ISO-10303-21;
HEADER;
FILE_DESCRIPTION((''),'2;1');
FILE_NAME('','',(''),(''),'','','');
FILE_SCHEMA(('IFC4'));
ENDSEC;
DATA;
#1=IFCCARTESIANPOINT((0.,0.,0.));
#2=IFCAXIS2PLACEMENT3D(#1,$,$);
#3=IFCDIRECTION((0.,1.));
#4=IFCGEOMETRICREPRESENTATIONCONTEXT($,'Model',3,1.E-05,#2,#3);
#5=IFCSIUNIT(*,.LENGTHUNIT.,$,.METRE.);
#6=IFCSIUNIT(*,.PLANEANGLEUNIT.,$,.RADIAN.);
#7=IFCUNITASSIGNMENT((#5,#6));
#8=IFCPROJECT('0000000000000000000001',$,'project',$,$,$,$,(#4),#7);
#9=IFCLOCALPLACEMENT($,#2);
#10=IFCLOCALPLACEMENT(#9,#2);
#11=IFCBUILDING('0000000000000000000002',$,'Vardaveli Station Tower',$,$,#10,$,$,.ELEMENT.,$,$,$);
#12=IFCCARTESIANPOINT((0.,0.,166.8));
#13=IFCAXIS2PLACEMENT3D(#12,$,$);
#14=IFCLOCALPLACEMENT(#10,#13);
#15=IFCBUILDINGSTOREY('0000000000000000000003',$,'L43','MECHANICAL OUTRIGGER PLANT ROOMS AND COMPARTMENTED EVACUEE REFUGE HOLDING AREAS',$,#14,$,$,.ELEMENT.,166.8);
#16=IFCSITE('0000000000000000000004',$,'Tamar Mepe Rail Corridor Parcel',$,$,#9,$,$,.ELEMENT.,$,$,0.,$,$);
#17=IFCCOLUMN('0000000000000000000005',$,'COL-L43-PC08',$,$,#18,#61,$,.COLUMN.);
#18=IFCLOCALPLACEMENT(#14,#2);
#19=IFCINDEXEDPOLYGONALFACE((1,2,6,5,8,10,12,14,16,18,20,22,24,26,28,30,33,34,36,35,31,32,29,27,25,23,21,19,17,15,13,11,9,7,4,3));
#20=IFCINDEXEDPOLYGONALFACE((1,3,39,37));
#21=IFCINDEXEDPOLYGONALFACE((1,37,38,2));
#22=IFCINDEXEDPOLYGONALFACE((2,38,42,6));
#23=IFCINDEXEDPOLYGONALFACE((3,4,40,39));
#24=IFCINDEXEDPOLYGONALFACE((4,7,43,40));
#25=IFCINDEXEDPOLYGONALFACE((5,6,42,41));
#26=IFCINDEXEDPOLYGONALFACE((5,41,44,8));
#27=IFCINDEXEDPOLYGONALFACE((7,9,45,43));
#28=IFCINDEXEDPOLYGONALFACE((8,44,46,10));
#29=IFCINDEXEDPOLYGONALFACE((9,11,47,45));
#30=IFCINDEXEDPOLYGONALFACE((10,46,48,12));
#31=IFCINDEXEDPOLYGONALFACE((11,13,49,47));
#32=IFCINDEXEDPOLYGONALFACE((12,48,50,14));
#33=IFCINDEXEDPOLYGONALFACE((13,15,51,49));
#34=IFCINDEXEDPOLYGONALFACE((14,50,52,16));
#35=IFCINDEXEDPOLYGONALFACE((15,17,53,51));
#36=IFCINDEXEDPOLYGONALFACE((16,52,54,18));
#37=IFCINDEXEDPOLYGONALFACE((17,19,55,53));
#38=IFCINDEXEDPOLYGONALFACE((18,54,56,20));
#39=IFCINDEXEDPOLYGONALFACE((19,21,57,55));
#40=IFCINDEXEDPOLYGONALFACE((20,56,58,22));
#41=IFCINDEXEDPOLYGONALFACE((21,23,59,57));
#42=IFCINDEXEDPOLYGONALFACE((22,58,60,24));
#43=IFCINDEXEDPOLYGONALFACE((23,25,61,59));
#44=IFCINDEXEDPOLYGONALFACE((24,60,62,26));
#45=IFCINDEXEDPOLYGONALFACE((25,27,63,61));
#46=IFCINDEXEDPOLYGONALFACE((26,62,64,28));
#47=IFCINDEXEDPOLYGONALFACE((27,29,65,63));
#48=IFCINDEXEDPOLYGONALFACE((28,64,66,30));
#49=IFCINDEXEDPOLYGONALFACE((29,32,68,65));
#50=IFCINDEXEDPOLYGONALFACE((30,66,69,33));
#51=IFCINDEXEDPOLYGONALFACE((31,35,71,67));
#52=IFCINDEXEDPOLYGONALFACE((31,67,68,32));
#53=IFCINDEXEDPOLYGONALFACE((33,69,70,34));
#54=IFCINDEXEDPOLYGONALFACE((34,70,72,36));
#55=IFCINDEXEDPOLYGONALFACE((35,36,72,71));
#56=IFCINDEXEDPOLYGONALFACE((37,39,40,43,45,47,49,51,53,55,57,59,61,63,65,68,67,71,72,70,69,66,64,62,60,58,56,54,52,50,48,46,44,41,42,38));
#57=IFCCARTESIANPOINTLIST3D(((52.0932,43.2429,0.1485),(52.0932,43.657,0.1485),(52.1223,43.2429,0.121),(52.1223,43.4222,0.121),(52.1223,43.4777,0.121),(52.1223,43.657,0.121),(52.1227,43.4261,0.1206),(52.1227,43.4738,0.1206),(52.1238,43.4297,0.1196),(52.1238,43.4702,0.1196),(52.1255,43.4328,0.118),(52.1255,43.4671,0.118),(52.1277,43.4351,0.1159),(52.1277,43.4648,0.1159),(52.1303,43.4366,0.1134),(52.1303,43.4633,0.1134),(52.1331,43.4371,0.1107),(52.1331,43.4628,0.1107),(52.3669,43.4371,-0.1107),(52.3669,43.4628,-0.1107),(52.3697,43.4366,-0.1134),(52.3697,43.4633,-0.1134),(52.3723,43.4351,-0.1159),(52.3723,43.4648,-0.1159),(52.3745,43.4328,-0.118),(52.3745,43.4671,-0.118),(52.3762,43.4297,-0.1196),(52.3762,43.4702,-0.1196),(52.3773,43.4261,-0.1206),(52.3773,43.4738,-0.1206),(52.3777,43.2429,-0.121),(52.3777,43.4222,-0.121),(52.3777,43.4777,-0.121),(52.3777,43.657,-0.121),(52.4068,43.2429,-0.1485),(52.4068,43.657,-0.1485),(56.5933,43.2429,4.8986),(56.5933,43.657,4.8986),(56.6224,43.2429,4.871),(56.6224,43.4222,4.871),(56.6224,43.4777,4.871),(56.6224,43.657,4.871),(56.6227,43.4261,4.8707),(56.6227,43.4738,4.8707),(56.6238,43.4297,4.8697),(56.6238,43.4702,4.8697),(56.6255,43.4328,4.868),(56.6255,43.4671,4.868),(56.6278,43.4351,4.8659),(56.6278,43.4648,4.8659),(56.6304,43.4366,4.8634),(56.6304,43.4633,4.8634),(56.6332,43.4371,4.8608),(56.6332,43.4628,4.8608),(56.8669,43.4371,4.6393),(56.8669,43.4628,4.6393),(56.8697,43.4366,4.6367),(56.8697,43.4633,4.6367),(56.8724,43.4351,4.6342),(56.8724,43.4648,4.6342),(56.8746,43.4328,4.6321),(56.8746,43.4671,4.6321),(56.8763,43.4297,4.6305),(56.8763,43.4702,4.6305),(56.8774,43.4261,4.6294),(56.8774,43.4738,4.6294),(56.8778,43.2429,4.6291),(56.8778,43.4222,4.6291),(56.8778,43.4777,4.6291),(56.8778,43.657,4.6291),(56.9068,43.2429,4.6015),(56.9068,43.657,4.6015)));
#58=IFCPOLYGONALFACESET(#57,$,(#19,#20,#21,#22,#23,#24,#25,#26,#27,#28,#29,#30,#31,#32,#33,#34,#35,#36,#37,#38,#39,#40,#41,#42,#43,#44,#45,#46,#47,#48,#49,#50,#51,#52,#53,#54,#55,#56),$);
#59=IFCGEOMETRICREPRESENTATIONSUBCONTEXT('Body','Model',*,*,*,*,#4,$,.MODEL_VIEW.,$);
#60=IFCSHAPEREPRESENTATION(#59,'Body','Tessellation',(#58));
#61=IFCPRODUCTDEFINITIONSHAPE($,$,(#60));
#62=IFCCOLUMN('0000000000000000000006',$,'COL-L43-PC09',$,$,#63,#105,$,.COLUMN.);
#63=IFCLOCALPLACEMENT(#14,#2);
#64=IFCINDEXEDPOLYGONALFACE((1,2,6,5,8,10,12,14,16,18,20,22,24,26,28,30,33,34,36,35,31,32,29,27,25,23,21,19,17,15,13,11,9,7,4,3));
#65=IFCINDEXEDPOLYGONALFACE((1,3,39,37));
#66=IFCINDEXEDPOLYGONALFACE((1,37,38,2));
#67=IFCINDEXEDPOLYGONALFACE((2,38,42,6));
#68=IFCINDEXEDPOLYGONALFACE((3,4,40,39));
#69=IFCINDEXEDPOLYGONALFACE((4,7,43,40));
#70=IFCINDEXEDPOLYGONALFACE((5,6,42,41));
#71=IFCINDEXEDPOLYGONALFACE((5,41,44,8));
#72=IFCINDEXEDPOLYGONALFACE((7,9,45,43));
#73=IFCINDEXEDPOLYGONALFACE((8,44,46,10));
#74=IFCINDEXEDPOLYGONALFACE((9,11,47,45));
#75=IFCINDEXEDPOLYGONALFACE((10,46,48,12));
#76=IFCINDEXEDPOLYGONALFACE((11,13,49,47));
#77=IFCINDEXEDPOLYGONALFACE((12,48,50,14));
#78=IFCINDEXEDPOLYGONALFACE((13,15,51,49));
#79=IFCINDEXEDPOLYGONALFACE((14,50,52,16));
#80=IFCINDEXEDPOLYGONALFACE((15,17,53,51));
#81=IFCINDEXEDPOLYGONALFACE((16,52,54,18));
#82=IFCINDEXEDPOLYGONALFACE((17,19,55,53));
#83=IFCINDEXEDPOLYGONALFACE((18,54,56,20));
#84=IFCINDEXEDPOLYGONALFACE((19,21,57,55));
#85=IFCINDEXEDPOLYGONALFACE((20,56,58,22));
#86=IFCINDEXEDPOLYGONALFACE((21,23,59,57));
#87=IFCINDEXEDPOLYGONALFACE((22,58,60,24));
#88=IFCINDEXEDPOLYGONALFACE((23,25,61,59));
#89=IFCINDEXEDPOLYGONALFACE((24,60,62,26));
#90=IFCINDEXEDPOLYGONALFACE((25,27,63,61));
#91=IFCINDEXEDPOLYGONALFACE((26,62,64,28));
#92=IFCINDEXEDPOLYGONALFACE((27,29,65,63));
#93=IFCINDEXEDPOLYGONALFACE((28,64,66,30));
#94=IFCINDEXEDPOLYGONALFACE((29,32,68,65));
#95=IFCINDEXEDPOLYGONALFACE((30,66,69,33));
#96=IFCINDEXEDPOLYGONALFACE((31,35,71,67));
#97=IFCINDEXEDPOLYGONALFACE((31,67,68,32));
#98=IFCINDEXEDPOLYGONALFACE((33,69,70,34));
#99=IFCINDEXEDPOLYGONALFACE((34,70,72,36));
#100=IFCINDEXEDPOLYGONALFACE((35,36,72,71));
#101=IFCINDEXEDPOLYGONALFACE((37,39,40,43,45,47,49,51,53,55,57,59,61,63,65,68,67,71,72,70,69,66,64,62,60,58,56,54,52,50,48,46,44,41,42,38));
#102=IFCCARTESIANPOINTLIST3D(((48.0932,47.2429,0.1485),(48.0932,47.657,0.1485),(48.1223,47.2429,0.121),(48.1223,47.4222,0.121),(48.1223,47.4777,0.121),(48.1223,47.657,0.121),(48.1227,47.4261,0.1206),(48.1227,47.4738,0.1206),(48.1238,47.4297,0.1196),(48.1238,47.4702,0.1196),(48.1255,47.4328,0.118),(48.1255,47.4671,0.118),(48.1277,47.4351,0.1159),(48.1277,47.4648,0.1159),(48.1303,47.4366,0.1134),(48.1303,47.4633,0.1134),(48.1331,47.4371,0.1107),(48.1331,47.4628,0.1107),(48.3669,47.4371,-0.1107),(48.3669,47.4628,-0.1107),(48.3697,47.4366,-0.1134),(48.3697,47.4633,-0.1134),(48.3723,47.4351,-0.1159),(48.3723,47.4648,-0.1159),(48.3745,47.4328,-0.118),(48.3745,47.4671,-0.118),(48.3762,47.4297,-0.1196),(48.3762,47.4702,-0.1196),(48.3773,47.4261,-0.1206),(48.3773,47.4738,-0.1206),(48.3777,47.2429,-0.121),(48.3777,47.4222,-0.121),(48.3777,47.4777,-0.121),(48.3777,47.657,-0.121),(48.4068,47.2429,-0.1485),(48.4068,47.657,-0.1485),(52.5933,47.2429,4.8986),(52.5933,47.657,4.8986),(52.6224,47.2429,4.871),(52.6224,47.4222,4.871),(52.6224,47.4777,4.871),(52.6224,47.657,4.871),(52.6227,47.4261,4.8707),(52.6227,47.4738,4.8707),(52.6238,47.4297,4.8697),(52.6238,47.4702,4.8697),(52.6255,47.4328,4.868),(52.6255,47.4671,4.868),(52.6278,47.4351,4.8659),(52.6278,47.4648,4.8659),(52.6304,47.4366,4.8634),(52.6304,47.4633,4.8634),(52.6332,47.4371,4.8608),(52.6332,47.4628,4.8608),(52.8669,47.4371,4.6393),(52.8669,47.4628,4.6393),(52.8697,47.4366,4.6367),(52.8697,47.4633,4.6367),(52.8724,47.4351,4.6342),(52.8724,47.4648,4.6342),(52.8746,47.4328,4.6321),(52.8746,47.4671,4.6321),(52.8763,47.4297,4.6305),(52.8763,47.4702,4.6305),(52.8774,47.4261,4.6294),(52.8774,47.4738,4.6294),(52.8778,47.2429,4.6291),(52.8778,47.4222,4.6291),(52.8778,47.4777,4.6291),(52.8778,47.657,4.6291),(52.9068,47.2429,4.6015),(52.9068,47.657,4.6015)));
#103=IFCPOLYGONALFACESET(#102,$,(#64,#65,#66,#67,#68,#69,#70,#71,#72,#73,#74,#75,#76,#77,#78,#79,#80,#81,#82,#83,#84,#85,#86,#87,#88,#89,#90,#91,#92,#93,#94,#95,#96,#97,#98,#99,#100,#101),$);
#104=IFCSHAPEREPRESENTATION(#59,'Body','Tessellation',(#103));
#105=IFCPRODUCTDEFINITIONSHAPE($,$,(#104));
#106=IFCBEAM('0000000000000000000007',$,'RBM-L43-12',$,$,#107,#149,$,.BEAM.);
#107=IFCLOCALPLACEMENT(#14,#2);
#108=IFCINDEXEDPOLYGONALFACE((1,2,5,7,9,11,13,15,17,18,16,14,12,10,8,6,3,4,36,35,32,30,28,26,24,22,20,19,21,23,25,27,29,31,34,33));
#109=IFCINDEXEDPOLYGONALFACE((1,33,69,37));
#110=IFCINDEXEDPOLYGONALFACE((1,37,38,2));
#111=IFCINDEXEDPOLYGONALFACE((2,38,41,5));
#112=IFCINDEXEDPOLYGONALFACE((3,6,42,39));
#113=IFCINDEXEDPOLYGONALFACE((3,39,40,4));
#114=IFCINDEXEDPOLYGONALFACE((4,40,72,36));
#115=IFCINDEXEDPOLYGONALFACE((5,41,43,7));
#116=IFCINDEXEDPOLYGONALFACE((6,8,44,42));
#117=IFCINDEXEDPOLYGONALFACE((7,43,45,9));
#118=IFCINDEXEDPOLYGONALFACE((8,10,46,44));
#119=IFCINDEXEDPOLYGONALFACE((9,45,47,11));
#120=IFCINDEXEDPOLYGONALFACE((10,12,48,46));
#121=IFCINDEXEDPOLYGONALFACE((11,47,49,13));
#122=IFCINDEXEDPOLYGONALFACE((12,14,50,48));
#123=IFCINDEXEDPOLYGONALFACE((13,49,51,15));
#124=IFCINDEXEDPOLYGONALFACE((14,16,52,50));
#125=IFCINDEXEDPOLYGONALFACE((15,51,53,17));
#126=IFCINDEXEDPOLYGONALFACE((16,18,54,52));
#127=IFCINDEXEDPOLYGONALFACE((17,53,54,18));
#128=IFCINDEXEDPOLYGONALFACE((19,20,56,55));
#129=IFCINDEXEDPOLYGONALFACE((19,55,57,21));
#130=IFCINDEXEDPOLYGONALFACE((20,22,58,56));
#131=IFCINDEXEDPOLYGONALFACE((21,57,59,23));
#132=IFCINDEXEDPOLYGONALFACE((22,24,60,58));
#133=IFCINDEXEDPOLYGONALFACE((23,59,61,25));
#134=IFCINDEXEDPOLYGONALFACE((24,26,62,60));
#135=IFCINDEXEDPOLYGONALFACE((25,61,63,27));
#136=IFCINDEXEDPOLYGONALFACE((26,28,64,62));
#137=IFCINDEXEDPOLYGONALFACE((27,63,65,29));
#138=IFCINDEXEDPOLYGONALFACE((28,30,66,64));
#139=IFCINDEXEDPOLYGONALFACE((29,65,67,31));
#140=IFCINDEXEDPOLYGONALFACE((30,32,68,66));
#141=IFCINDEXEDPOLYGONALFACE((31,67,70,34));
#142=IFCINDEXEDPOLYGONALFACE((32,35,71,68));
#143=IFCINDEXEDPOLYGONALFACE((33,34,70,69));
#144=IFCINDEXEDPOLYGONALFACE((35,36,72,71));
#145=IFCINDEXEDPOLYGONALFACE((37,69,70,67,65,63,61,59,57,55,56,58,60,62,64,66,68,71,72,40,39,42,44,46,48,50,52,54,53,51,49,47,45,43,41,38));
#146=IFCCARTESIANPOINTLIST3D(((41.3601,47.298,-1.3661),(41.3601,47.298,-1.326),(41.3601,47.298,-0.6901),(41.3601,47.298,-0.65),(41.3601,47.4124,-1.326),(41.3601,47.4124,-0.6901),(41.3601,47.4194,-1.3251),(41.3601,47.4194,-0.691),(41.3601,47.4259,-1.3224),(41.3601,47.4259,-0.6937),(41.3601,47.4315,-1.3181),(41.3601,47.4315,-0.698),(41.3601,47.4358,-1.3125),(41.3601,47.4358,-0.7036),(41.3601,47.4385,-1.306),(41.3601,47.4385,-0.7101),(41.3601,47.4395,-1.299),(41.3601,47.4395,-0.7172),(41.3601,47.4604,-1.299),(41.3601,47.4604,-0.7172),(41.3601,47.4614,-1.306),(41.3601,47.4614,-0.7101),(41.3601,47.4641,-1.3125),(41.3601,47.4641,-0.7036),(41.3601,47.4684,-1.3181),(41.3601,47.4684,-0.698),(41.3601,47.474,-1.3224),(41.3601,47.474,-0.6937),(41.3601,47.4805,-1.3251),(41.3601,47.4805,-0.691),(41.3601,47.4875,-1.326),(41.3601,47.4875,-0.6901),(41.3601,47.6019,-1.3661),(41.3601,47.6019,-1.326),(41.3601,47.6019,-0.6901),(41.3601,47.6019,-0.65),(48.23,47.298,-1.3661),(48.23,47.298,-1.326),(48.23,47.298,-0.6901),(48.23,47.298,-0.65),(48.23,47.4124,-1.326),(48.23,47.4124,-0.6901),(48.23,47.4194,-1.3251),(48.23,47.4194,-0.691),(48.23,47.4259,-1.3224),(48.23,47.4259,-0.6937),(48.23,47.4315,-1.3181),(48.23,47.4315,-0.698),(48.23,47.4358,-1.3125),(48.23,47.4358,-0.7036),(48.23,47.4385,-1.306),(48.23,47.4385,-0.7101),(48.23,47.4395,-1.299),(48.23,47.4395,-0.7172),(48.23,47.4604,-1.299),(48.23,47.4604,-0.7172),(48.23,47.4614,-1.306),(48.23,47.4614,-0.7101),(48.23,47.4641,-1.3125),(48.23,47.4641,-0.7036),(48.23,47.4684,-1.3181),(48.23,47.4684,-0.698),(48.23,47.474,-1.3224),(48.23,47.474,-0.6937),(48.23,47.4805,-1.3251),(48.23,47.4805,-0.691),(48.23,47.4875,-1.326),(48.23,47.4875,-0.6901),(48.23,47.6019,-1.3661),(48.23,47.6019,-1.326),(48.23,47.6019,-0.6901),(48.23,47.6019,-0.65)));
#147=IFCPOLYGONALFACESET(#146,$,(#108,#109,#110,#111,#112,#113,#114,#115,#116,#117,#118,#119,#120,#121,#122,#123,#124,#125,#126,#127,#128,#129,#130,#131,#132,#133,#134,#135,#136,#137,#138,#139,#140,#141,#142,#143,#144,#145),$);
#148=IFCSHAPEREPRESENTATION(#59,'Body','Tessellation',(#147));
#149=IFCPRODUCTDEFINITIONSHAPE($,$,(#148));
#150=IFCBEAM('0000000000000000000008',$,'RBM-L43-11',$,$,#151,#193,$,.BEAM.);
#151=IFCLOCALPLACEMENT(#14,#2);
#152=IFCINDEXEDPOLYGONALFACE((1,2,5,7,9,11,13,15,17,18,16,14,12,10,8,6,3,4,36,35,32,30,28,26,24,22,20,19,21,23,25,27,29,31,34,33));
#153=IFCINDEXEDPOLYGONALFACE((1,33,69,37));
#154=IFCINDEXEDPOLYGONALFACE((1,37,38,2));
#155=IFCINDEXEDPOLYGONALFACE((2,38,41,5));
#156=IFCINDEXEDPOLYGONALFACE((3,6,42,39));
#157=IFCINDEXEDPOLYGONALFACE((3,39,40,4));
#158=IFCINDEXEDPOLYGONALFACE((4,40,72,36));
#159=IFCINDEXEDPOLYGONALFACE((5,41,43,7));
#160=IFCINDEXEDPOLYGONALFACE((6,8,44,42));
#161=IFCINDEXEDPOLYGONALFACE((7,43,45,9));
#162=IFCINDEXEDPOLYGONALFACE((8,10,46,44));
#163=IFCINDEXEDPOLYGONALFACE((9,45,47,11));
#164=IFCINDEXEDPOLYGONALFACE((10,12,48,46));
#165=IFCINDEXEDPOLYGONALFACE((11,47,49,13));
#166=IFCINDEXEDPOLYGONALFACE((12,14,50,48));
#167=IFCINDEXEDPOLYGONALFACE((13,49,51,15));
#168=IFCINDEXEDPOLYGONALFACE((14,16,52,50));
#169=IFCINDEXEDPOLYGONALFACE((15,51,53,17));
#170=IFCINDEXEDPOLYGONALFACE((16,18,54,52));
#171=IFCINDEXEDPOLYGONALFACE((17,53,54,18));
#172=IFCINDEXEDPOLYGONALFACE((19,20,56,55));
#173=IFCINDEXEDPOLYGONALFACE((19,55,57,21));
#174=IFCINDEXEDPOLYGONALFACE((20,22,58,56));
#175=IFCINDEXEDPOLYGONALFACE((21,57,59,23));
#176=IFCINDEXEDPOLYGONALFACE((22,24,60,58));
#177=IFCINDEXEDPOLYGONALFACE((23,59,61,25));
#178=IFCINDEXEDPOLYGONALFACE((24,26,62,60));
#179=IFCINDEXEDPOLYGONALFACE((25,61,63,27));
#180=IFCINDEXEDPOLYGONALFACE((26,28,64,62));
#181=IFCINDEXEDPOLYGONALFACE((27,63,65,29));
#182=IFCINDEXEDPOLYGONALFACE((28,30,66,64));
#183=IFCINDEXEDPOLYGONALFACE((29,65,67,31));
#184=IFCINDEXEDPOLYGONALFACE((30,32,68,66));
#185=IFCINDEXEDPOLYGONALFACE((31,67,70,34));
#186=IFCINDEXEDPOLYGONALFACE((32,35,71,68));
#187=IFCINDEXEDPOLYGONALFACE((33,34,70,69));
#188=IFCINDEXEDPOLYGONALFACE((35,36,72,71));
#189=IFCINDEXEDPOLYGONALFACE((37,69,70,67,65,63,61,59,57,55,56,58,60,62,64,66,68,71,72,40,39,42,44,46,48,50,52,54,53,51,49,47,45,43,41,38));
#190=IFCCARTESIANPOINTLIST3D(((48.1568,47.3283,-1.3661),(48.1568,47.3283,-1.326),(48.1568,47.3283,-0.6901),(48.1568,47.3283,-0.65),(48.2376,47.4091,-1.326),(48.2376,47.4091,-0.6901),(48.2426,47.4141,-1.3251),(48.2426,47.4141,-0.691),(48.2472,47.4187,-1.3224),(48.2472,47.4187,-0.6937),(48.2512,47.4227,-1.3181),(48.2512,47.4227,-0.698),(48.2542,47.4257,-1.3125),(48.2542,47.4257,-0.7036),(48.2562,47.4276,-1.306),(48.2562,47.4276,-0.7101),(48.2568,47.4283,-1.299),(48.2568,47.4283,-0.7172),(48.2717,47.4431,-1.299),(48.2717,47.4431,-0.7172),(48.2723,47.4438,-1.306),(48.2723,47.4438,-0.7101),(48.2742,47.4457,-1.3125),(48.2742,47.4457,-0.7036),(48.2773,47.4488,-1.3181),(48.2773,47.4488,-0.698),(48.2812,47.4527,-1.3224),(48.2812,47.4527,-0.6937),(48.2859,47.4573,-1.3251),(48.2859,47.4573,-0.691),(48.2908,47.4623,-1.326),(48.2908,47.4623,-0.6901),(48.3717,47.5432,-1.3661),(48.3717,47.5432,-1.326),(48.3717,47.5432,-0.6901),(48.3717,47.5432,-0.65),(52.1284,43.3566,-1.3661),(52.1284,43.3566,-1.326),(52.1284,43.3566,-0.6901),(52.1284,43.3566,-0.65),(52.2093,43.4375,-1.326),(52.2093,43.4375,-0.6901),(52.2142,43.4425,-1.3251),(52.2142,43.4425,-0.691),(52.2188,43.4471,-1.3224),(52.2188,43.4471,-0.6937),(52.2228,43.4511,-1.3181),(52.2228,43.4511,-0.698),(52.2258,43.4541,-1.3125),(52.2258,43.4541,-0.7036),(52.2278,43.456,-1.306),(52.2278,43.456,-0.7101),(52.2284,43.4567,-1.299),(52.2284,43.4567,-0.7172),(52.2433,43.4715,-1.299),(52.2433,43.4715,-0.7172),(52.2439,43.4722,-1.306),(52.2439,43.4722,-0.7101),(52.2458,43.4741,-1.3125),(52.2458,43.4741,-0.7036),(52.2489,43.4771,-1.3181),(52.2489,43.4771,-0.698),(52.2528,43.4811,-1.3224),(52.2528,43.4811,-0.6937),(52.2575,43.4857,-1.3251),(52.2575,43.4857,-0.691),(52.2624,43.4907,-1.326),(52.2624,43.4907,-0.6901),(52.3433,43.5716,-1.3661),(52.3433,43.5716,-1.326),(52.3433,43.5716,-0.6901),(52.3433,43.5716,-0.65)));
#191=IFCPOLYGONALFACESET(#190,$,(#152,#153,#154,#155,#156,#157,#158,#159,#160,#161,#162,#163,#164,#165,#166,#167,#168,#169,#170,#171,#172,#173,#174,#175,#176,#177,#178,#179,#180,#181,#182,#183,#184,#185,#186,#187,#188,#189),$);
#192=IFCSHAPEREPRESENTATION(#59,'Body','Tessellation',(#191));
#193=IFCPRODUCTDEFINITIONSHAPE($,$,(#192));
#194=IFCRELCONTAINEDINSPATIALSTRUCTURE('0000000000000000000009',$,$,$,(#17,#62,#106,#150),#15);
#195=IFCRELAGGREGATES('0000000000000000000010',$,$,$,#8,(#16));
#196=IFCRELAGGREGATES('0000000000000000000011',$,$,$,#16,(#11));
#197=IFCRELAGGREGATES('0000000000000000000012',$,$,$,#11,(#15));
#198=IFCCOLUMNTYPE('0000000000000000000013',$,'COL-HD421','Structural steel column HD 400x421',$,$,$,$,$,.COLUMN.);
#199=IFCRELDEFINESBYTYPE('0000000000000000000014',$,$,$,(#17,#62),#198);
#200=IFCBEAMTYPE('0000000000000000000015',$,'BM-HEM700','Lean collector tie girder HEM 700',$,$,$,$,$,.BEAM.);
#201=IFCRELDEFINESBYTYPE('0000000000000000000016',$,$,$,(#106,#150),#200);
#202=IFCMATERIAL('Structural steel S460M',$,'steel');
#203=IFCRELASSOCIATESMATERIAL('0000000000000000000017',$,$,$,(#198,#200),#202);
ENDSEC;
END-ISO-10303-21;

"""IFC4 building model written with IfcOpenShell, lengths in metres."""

from ifc_helpers import new_model, si_unit, direction, frame, origin, origin_2d, place, context, subcontext, project, spatial, i_section, extrude, source, transform, mapped, material, material_profile, profile_set, type_object, element, save


model = new_model("IFC4")

# Units and contexts
model_context = context("Model", 3, precision=1e-05, world=origin(), true_north=direction((0.0, 1.0)))
body_context = subcontext(model_context, "Body", "Model", "MODEL_VIEW")
ifc_project = project(units=[si_unit("LENGTHUNIT", "METRE"), si_unit("PLANEANGLEUNIT", "RADIAN")], contexts=[model_context])

# Site, building, storey
site_placement = place(None, origin())
site = spatial("IfcSite", under=ifc_project, at=site_placement, Name="Tamar Mepe Rail Corridor Parcel", CompositionType="ELEMENT", RefElevation=0.0)
building_placement = place(site_placement, origin())
building = spatial("IfcBuilding", under=site, at=building_placement, Name="Vardaveli Station Tower", CompositionType="ELEMENT")
storey_placement = place(building_placement, frame((0.0, 0.0, 166.8)))
storey = spatial("IfcBuildingStorey", under=building, at=storey_placement, Name="L43", Description="MECHANICAL OUTRIGGER PLANT ROOMS AND COMPARTMENTED EVACUEE REFUGE HOLDING AREAS", CompositionType="ELEMENT", Elevation=166.8)

# Columns
ifc_material_1 = material(Name="Structural steel S460M", Category="steel")
ifc_material_profile_1 = material_profile(ifc_material_1, i_section(OverallWidth=0.4141, OverallDepth=0.4319, WebThickness=0.0256, FlangeThickness=0.04, FilletRadius=0.0149, at=origin_2d()), Name="HD 400x421")
ifc_profile_set_1 = profile_set([ifc_material_profile_1], Name="Structural steel S460M")
column_type = type_object("IfcColumnType", Name="COL-HD421", Description="Structural steel column HD 400x421", PredefinedType="COLUMN", material=ifc_profile_set_1)
shared_shape_1 = source(origin(), body_context, "Body", "SweptSolid", [
    extrude(i_section(OverallWidth=0.4141, OverallDepth=0.4319, WebThickness=0.0256, FlangeThickness=0.04, FilletRadius=0.0149, at=origin_2d()), origin(), (0.0, 0.0, 1.0), 6.5432),
])
for number, where, z_axis, x_axis, name in (
    (1, (52.25, 43.45, 0.0), (0.687745, 0.0, 0.725953), (0.0, 1.0, 0.0), "COL-L43-PC08"),
    (2, (48.25, 47.45, 0.0), (0.687745, 0.0, 0.725953), (0.0, 1.0, 0.0), "COL-L43-PC09"),
):
    element("IfcColumn", number, at=place(storey_placement, frame(where, z_axis=z_axis, x_axis=x_axis)), inside=storey, type_object=column_type, Name=name, PredefinedType="COLUMN", context=body_context, shape_type="MappedRepresentation", body=[
        mapped(shared_shape_1, transform((0.0, 0.0, 0.0), scale=1.0)),
    ])

# Beams
ifc_material_profile_2 = material_profile(ifc_material_1, i_section(OverallWidth=0.304, OverallDepth=0.7161, WebThickness=0.021, FlangeThickness=0.04, FilletRadius=0.0271, at=origin_2d()), Name="HEM 700")
ifc_profile_set_2 = profile_set([ifc_material_profile_2], Name="Structural steel S460M")
beam_type = type_object("IfcBeamType", Name="BM-HEM700", Description="Lean collector tie girder HEM 700", PredefinedType="BEAM", material=ifc_profile_set_2)
shared_shape_2 = source(origin(), body_context, "Body", "SweptSolid", [
    extrude(i_section(OverallWidth=0.304, OverallDepth=0.7161, WebThickness=0.021, FlangeThickness=0.04, FilletRadius=0.0271, at=origin_2d()), origin(), (0.0, 0.0, 1.0), 6.8699),
])
beam_1_placement = place(storey_placement, frame((48.23, 47.45, -1.0081), z_axis=(-1.0, 0.0, 0.0), x_axis=(0.0, -1.0, 0.0)))
element("IfcBeam", 3, at=beam_1_placement, inside=storey, type_object=beam_type, Name="RBM-L43-12", PredefinedType="BEAM", context=body_context, shape_type="MappedRepresentation", body=[
    mapped(shared_shape_2, transform((0.0, 0.0, 0.0), scale=1.0)),
])
shared_shape_3 = source(origin(), body_context, "Body", "SweptSolid", [
    extrude(i_section(OverallWidth=0.304, OverallDepth=0.7161, WebThickness=0.021, FlangeThickness=0.04, FilletRadius=0.0271, at=origin_2d()), origin(), (0.0, 0.0, 1.0), 5.6167),
])
beam_2_placement = place(storey_placement, frame((52.2358, 43.4641, -1.0081), z_axis=(-0.707107, 0.707107, 0.0), x_axis=(-0.707107, -0.707107, 0.0)))
element("IfcBeam", 4, at=beam_2_placement, inside=storey, type_object=beam_type, Name="RBM-L43-11", PredefinedType="BEAM", context=body_context, shape_type="MappedRepresentation", body=[
    mapped(shared_shape_3, transform((0.0, 0.0, 0.0), scale=1.0)),
])

save(model, "model.ifc")
